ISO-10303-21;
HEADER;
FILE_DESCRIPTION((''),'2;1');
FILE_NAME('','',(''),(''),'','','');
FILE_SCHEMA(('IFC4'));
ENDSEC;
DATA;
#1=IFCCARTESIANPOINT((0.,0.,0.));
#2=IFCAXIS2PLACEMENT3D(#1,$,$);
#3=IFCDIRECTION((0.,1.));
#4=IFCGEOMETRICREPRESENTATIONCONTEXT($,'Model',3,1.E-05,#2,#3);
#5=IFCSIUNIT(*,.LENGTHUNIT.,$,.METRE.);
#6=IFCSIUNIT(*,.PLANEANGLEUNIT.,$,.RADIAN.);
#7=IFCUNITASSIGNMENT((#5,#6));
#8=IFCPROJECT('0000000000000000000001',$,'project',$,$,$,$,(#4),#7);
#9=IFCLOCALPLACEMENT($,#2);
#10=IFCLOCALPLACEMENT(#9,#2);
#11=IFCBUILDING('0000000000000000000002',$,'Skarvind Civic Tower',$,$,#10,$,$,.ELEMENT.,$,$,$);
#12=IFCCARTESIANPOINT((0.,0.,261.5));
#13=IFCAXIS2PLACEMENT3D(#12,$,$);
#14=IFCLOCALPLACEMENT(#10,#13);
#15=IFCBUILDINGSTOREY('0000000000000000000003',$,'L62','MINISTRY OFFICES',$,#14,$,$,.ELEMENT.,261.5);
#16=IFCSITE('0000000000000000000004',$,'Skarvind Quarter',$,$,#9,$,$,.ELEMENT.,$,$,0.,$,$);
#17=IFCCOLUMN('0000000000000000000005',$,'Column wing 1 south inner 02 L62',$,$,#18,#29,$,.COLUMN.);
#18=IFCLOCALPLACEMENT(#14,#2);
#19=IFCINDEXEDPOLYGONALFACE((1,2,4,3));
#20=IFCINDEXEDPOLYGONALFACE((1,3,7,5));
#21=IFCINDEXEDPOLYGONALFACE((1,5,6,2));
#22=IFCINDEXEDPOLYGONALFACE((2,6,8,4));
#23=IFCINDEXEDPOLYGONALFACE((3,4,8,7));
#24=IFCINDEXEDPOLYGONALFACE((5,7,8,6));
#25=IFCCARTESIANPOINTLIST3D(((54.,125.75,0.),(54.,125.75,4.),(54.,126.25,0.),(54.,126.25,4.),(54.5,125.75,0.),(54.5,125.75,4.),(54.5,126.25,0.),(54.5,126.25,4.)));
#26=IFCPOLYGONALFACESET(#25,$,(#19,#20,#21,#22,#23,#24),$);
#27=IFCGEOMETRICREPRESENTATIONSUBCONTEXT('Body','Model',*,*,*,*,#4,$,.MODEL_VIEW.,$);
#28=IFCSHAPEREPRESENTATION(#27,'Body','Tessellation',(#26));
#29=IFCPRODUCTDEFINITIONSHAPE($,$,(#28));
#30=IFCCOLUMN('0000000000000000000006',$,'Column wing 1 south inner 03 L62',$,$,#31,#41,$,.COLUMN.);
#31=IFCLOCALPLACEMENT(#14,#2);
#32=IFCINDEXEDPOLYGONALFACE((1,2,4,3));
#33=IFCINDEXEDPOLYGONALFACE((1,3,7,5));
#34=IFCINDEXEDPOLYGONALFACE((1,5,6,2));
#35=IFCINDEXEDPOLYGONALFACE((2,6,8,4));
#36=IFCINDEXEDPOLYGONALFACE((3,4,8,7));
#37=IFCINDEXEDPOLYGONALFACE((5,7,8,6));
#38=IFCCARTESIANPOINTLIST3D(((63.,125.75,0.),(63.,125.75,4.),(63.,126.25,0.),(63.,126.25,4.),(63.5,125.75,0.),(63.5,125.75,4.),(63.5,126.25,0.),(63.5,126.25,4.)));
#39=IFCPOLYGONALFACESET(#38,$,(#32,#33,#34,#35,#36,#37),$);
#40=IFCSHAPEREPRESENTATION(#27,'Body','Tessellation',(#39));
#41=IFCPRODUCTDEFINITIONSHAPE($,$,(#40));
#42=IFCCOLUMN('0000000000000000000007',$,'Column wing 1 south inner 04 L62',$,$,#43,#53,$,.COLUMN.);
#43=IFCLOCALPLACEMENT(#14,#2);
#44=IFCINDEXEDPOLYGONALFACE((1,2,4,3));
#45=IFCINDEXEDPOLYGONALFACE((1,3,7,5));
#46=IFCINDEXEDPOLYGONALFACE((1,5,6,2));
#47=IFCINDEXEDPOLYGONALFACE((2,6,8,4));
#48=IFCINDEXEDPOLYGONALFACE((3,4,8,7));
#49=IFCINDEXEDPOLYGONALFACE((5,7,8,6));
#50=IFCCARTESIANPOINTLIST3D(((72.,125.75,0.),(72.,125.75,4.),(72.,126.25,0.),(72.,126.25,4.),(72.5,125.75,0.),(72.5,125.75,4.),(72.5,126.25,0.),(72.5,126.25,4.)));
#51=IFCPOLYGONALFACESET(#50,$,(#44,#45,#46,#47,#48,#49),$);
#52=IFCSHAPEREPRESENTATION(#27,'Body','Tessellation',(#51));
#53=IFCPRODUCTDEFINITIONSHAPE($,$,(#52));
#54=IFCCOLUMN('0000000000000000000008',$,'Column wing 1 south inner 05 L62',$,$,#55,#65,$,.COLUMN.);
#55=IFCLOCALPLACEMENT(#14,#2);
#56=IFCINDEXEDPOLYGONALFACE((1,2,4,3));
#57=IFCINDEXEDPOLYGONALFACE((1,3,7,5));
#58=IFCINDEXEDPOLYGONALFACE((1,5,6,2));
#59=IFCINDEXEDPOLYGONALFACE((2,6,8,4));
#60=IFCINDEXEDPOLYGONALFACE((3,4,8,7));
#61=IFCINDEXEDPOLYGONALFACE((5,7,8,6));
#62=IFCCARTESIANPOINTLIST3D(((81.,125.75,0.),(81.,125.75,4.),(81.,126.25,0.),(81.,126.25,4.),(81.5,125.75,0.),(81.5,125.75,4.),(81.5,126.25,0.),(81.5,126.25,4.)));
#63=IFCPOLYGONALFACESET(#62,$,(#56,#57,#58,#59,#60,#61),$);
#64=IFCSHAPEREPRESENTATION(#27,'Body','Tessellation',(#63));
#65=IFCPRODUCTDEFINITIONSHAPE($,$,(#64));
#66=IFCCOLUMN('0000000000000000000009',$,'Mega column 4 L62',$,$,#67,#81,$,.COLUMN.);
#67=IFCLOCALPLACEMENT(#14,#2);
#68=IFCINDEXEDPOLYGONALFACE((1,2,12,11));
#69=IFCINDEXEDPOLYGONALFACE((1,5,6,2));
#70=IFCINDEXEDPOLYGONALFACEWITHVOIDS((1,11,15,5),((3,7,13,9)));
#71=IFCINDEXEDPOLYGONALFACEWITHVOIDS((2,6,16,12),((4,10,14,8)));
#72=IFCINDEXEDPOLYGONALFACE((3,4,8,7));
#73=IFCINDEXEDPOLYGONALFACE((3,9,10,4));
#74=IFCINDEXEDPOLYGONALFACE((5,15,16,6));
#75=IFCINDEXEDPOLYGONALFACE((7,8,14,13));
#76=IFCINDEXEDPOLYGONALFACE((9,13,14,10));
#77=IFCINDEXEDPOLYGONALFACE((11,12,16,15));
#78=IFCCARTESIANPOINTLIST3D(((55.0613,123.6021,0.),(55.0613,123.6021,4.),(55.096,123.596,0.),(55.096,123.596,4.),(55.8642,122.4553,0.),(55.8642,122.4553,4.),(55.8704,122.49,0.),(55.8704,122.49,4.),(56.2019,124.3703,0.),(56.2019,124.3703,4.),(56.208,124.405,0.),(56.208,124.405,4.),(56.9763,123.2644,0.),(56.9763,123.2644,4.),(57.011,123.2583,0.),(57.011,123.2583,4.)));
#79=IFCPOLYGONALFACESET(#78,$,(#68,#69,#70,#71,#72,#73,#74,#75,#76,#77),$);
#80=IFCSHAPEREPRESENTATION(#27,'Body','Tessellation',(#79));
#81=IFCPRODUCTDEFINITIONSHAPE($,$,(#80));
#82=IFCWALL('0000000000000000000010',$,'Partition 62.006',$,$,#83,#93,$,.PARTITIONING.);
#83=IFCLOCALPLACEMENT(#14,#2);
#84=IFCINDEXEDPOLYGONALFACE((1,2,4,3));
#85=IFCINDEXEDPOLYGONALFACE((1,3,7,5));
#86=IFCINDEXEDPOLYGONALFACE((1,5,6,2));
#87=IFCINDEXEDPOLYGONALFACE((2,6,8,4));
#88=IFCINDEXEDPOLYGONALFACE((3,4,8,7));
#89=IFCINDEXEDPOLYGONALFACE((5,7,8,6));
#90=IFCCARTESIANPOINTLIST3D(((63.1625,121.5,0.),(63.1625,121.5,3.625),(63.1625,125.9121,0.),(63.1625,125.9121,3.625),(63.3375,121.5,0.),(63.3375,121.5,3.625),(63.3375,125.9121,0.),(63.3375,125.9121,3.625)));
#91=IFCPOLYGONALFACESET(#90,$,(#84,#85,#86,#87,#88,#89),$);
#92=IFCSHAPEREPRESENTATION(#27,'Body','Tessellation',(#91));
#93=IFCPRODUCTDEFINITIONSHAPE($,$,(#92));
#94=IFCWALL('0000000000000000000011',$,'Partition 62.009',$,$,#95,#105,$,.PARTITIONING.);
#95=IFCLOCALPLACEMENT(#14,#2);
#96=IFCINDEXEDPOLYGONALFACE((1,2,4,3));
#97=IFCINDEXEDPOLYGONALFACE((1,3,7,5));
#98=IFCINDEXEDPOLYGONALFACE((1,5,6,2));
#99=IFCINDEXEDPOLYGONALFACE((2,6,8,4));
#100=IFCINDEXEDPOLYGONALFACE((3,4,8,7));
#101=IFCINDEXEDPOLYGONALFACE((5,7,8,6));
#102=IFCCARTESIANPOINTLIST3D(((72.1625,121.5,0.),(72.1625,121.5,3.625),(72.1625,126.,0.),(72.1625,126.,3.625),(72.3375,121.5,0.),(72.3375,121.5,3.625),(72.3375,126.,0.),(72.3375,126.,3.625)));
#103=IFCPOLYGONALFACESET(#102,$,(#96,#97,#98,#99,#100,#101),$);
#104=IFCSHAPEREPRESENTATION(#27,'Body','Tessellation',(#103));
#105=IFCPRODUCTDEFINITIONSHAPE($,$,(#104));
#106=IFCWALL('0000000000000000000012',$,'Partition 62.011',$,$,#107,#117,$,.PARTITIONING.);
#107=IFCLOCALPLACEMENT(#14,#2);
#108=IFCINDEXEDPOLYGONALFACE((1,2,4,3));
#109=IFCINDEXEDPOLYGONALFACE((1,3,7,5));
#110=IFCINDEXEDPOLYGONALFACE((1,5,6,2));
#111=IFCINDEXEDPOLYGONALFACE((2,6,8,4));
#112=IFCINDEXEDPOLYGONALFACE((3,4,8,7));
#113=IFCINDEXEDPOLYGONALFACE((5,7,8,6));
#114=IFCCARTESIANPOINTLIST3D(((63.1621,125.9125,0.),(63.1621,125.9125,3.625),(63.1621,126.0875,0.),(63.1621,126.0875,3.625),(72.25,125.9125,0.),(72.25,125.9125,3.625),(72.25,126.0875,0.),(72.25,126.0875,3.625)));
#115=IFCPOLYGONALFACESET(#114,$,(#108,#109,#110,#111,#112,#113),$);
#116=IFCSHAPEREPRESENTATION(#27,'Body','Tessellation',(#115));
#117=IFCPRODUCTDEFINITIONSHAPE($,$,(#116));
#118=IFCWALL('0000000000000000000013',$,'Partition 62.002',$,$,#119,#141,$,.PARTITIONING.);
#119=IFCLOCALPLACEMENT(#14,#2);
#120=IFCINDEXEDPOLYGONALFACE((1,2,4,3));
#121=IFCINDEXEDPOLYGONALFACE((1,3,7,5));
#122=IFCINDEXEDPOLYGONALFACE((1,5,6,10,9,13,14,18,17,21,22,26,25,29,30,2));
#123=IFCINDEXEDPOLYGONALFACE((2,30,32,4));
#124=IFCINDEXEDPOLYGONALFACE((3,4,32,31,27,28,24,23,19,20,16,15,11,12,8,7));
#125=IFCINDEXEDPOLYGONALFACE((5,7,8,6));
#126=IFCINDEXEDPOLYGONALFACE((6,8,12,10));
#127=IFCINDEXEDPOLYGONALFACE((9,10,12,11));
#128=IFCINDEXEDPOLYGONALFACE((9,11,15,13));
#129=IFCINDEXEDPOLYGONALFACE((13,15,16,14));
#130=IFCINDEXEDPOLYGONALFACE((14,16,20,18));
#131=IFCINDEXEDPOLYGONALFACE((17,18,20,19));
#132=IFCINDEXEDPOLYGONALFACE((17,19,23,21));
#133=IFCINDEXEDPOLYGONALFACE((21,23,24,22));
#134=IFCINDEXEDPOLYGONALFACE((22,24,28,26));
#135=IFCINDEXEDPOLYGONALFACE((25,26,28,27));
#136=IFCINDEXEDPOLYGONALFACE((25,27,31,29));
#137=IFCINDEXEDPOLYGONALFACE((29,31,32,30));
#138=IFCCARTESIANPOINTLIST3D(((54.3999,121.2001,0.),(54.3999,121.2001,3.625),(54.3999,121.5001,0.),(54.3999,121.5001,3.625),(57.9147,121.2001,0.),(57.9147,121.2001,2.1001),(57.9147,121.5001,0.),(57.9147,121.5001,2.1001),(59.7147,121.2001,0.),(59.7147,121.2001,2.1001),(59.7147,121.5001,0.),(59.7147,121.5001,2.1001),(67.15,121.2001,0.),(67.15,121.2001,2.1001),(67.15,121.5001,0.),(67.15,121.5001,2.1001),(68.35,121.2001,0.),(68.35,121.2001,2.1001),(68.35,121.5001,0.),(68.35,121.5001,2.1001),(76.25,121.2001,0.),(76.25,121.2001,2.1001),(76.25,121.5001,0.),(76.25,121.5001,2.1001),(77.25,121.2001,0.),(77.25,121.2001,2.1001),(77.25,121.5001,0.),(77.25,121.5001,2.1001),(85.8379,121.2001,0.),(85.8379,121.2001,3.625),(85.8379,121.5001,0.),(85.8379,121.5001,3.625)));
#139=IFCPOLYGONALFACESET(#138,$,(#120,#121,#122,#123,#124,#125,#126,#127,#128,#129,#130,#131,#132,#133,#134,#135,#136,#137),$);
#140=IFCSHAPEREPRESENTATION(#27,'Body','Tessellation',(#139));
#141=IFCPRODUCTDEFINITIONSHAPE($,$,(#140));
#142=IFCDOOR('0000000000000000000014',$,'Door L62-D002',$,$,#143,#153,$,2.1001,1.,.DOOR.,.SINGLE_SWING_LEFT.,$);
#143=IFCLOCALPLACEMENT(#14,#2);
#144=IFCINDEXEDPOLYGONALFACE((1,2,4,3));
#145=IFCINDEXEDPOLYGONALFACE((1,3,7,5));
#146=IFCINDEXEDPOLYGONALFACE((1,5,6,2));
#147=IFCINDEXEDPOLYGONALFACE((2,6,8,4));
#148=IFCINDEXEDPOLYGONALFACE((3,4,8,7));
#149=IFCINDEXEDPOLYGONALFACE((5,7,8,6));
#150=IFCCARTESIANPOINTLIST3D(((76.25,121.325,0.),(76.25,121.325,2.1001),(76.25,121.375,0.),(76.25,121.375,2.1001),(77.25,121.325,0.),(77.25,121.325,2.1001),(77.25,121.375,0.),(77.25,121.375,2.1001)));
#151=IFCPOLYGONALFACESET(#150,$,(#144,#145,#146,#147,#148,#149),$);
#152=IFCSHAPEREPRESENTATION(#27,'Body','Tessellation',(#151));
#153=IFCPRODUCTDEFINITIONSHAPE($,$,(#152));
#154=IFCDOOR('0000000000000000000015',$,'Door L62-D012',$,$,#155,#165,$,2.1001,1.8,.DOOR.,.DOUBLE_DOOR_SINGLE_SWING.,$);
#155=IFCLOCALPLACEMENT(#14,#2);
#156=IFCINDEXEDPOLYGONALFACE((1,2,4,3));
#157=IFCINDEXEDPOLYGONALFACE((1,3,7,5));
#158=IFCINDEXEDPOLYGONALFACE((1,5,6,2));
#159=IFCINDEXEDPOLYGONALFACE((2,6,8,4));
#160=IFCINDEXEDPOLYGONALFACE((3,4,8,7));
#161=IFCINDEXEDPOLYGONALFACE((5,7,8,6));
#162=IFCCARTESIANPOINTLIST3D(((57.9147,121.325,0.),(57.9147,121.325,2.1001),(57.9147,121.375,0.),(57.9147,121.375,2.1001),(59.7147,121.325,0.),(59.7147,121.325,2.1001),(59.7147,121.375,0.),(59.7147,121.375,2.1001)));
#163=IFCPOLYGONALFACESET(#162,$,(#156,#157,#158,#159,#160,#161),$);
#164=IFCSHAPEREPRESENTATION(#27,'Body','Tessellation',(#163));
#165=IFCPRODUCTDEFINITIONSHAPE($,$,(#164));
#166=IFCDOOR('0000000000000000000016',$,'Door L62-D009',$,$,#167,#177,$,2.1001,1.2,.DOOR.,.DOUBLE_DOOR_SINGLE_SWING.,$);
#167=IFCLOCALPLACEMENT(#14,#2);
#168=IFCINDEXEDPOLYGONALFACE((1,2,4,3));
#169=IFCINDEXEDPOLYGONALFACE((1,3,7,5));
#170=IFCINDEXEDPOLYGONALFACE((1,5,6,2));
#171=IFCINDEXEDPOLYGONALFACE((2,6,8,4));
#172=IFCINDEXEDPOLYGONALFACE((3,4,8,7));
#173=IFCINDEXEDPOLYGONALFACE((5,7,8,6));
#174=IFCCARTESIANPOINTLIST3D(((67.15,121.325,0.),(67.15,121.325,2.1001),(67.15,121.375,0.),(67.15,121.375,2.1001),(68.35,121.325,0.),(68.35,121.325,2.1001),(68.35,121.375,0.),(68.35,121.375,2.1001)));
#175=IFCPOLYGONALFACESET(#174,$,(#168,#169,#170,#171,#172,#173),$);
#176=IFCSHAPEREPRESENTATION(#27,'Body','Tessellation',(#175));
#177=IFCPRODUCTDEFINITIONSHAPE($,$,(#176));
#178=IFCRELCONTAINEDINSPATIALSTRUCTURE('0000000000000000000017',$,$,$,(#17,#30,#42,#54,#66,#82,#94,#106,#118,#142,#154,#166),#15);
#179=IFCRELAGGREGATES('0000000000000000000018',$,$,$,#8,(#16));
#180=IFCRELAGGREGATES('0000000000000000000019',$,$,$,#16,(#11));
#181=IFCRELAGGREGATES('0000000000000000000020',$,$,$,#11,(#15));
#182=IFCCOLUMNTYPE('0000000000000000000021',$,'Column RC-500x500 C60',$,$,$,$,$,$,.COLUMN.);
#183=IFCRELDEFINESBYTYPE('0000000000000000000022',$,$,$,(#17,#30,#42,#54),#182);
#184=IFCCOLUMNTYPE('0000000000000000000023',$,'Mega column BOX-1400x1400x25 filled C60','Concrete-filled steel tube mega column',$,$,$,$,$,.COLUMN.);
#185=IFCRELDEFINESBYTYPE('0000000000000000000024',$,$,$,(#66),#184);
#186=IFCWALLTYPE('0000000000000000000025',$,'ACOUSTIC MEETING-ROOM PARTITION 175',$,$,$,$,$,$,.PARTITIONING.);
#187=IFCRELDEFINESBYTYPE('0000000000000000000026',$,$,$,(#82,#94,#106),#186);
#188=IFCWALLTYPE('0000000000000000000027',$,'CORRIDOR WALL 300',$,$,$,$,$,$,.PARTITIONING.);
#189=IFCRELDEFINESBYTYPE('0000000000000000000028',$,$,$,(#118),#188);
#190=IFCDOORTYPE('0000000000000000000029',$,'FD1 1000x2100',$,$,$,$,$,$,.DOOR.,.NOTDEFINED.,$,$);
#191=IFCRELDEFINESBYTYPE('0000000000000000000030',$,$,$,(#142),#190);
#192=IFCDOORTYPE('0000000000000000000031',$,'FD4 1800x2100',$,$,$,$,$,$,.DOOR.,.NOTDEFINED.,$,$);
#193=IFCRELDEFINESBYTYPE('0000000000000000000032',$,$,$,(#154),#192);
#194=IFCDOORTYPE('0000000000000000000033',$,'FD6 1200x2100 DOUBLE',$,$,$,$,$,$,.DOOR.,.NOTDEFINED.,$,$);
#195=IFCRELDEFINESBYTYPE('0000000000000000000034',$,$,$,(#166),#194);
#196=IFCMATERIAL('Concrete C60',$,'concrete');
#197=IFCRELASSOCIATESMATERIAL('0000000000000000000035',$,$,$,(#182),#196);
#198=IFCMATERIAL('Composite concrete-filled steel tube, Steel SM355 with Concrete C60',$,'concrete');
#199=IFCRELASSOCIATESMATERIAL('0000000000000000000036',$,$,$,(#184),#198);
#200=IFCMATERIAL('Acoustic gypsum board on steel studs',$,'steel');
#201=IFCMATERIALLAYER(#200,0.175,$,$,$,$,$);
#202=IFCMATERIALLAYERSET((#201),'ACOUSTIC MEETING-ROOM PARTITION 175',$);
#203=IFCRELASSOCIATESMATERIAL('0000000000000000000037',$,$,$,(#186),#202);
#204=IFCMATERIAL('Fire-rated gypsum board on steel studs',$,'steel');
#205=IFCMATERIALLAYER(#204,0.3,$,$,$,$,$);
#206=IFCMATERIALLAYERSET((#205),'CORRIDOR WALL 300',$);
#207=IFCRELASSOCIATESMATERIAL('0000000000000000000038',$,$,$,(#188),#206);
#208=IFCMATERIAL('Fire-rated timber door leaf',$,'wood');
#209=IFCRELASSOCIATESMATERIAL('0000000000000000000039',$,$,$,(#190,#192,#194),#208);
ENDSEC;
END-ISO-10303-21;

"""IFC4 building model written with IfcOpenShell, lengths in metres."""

from ifc_helpers import new_model, si_unit, direction, frame, frame_2d, origin, origin_2d, place, context, subcontext, project, spatial, rectangle, hollow_rectangle, extrude, material, layer, layer_set, material_profile, profile_set, type_object, element, fill, save


model = new_model("IFC4")

# Units and contexts
model_context = context("Model", 3, precision=1e-05, world=origin(), true_north=direction((0.0, 1.0)))
body_context = subcontext(model_context, "Body", "Model", "MODEL_VIEW")
ifc_project = project(units=[si_unit("LENGTHUNIT", "METRE"), si_unit("PLANEANGLEUNIT", "RADIAN")], contexts=[model_context])

# Site, building, storey
site_placement = place(None, origin())
site = spatial("IfcSite", under=ifc_project, at=site_placement, Name="Skarvind Quarter", CompositionType="ELEMENT", RefElevation=0.0)
building_placement = place(site_placement, origin())
building = spatial("IfcBuilding", under=site, at=building_placement, Name="Skarvind Civic Tower", CompositionType="ELEMENT")
storey_placement = place(building_placement, frame((0.0, 0.0, 261.5)))
storey = spatial("IfcBuildingStorey", under=building, at=storey_placement, Name="L62", Description="MINISTRY OFFICES", CompositionType="ELEMENT", Elevation=261.5)

# Columns
ifc_material_1 = material(Name="Concrete C60", Category="concrete")
ifc_material_profile_1 = material_profile(ifc_material_1, rectangle(XDim=0.5, YDim=0.5, at=origin_2d()), Name="RC-500x500")
ifc_profile_set_1 = profile_set([ifc_material_profile_1], Name="Concrete C60")
column_type_1 = type_object("IfcColumnType", Name="Column RC-500x500 C60", PredefinedType="COLUMN", material=ifc_profile_set_1)
for number, where, z_axis, x_axis, name in (
    (1, (54.25, 126.0, 0.0), (0.0, 0.0, 1.0), (1.0, 0.0, 0.0), "Column wing 1 south inner 02 L62"),
    (2, (63.25, 126.0, 0.0), (0.0, 0.0, 1.0), (1.0, 0.0, 0.0), "Column wing 1 south inner 03 L62"),
    (3, (72.25, 126.0, 0.0), (0.0, 0.0, 1.0), (1.0, 0.0, 0.0), "Column wing 1 south inner 04 L62"),
    (4, (81.25, 126.0, 0.0), (0.0, 0.0, 1.0), (1.0, 0.0, 0.0), "Column wing 1 south inner 05 L62"),
):
    element("IfcColumn", number, at=place(storey_placement, frame(where, z_axis=z_axis, x_axis=x_axis)), inside=storey, type_object=column_type_1, Name=name, PredefinedType="COLUMN", context=body_context, shape_type="SweptSolid", body=[
        extrude(rectangle(XDim=0.5, YDim=0.5, at=origin_2d()), origin(), (0.0, 0.0, 1.0), 4.0),
    ])
ifc_material_2 = material(Name="Composite concrete-filled steel tube, Steel SM355 with Concrete C60", Category="concrete")
ifc_material_profile_2 = material_profile(ifc_material_2, hollow_rectangle(XDim=1.3999, YDim=1.3999, WallThickness=0.0249, at=origin_2d()), Name="BOX-1400x1400x25")
ifc_profile_set_2 = profile_set([ifc_material_profile_2], Name="Composite concrete-filled steel tube, Steel SM355 with Concrete C60")
column_type_2 = type_object("IfcColumnType", Name="Mega column BOX-1400x1400x25 filled C60", Description="Concrete-filled steel tube mega column", PredefinedType="COLUMN", material=ifc_profile_set_2)
column_placement = place(storey_placement, frame((56.0361, 123.4302, 0.0), z_axis=(0.0, 0.0, 1.0), x_axis=(0.573576, -0.819152, 0.0)))
element("IfcColumn", 5, at=column_placement, inside=storey, type_object=column_type_2, Name="Mega column 4 L62", PredefinedType="COLUMN", context=body_context, shape_type="SweptSolid", body=[
    extrude(hollow_rectangle(XDim=1.3999, YDim=1.3999, WallThickness=0.0249, at=origin_2d()), origin(), (0.0, 0.0, 1.0), 4.0),
])

# Walls
ifc_material_3 = material(Name="Acoustic gypsum board on steel studs", Category="steel")
ifc_layer_1 = layer(ifc_material_3, 0.175)
ifc_layer_set_1 = layer_set([ifc_layer_1], Name="ACOUSTIC MEETING-ROOM PARTITION 175")
wall_type_1 = type_object("IfcWallType", Name="ACOUSTIC MEETING-ROOM PARTITION 175", PredefinedType="PARTITIONING", material=ifc_layer_set_1)
wall_1_placement = place(storey_placement, frame((63.25, 125.9121, 0.0), z_axis=(0.0, 0.0, 1.0), x_axis=(0.0, -1.0, 0.0)))
element("IfcWall", 6, at=wall_1_placement, inside=storey, type_object=wall_type_1, Name="Partition 62.006", PredefinedType="PARTITIONING", context=body_context, shape_type="SweptSolid", body=[
    extrude(rectangle(XDim=4.4121, YDim=0.175, at=frame_2d((2.2061, 0.0))), origin(), (0.0, 0.0, 1.0), 3.625),
])
wall_2_placement = place(storey_placement, frame((72.25, 121.5, 0.0), z_axis=(0.0, 0.0, 1.0), x_axis=(0.0, 1.0, 0.0)))
element("IfcWall", 7, at=wall_2_placement, inside=storey, type_object=wall_type_1, Name="Partition 62.009", PredefinedType="PARTITIONING", context=body_context, shape_type="SweptSolid", body=[
    extrude(rectangle(XDim=4.5, YDim=0.175, at=frame_2d((2.25, 0.0))), origin(), (0.0, 0.0, 1.0), 3.625),
])
wall_3_placement = place(storey_placement, frame((72.25, 126.0, 0.0), z_axis=(0.0, 0.0, 1.0), x_axis=(-1.0, 0.0, 0.0)))
element("IfcWall", 8, at=wall_3_placement, inside=storey, type_object=wall_type_1, Name="Partition 62.011", PredefinedType="PARTITIONING", context=body_context, shape_type="SweptSolid", body=[
    extrude(rectangle(XDim=9.0879, YDim=0.175, at=frame_2d((4.5439, 0.0))), origin(), (0.0, 0.0, 1.0), 3.625),
])

# Wall, openings, doors
ifc_material_4 = material(Name="Fire-rated gypsum board on steel studs", Category="steel")
ifc_layer_2 = layer(ifc_material_4, 0.3)
ifc_layer_set_2 = layer_set([ifc_layer_2], Name="CORRIDOR WALL 300")
wall_type_2 = type_object("IfcWallType", Name="CORRIDOR WALL 300", PredefinedType="PARTITIONING", material=ifc_layer_set_2)
wall_4_placement = place(storey_placement, frame((54.3999, 121.3501, 0.0), z_axis=(0.0, 0.0, 1.0), x_axis=(1.0, 0.0, 0.0)))
wall_4 = element("IfcWall", 9, at=wall_4_placement, inside=storey, type_object=wall_type_2, Name="Partition 62.002", PredefinedType="PARTITIONING", context=body_context, shape_type="SweptSolid", body=[
    extrude(rectangle(XDim=31.438, YDim=0.3, at=frame_2d((15.719, 0.0))), origin(), (0.0, 0.0, 1.0), 3.625),
])
opening_1_placement = place(wall_4_placement, frame((21.8501, 0.0, 0.0)))
opening_1 = element("IfcOpeningElement", 10, at=opening_1_placement, cuts=wall_4, PredefinedType="OPENING", context=body_context, shape_type="SweptSolid", body=[
    extrude(rectangle(XDim=1.0, YDim=2.1001, at=frame_2d((0.5, 1.05))), frame((0.0, 0.1599, 0.0), z_axis=(0.0, -1.0, 0.0), x_axis=(1.0, 0.0, 0.0)), (0.0, 0.0, 1.0), 0.3201),
])
opening_2_placement = place(wall_4_placement, frame((12.75, 0.0, 0.0)))
opening_2 = element("IfcOpeningElement", 11, at=opening_2_placement, cuts=wall_4, PredefinedType="OPENING", context=body_context, shape_type="SweptSolid", body=[
    extrude(rectangle(XDim=1.2, YDim=2.1001, at=frame_2d((0.6001, 1.05))), frame((0.0, 0.1599, 0.0), z_axis=(0.0, -1.0, 0.0), x_axis=(1.0, 0.0, 0.0)), (0.0, 0.0, 1.0), 0.3201),
])
opening_3_placement = place(wall_4_placement, frame((3.5149, 0.0, 0.0)))
opening_3 = element("IfcOpeningElement", 12, at=opening_3_placement, cuts=wall_4, PredefinedType="OPENING", context=body_context, shape_type="SweptSolid", body=[
    extrude(rectangle(XDim=1.8, YDim=2.1001, at=frame_2d((0.8999, 1.05))), frame((0.0, 0.1599, 0.0), z_axis=(0.0, -1.0, 0.0), x_axis=(1.0, 0.0, 0.0)), (0.0, 0.0, 1.0), 0.3201),
])
ifc_material_5 = material(Name="Fire-rated timber door leaf", Category="wood")
door_type_1 = type_object("IfcDoorType", Name="FD1 1000x2100", OperationType="NOTDEFINED", PredefinedType="DOOR", material=ifc_material_5)
door_1_placement = place(opening_1_placement, origin())
door_1 = element("IfcDoor", 13, at=door_1_placement, inside=storey, type_object=door_type_1, Name="Door L62-D002", OperationType="SINGLE_SWING_LEFT", OverallHeight=2.1001, OverallWidth=1.0, PredefinedType="DOOR", context=body_context, shape_type="SweptSolid", body=[
    extrude(rectangle(XDim=1.0, YDim=2.1001, at=frame_2d((0.5, 1.05))), frame((0.0, 0.0249, 0.0), z_axis=(0.0, -1.0, 0.0), x_axis=(1.0, 0.0, 0.0)), (0.0, 0.0, 1.0), 0.05),
])
fill(opening_1, door_1)
door_type_2 = type_object("IfcDoorType", Name="FD4 1800x2100", OperationType="NOTDEFINED", PredefinedType="DOOR", material=ifc_material_5)
door_2_placement = place(opening_3_placement, origin())
door_2 = element("IfcDoor", 14, at=door_2_placement, inside=storey, type_object=door_type_2, Name="Door L62-D012", OperationType="DOUBLE_DOOR_SINGLE_SWING", OverallHeight=2.1001, OverallWidth=1.8, PredefinedType="DOOR", context=body_context, shape_type="SweptSolid", body=[
    extrude(rectangle(XDim=1.8, YDim=2.1001, at=frame_2d((0.8999, 1.05))), frame((0.0, 0.0249, 0.0), z_axis=(0.0, -1.0, 0.0), x_axis=(1.0, 0.0, 0.0)), (0.0, 0.0, 1.0), 0.05),
])
fill(opening_3, door_2)
door_type_3 = type_object("IfcDoorType", Name="FD6 1200x2100 DOUBLE", OperationType="NOTDEFINED", PredefinedType="DOOR", material=ifc_material_5)
door_3_placement = place(opening_2_placement, origin())
door_3 = element("IfcDoor", 15, at=door_3_placement, inside=storey, type_object=door_type_3, Name="Door L62-D009", OperationType="DOUBLE_DOOR_SINGLE_SWING", OverallHeight=2.1001, OverallWidth=1.2, PredefinedType="DOOR", context=body_context, shape_type="SweptSolid", body=[
    extrude(rectangle(XDim=1.2, YDim=2.1001, at=frame_2d((0.6001, 1.05))), frame((0.0, 0.0249, 0.0), z_axis=(0.0, -1.0, 0.0), x_axis=(1.0, 0.0, 0.0)), (0.0, 0.0, 1.0), 0.05),
])
fill(opening_2, door_3)

save(model, "model.ifc")
